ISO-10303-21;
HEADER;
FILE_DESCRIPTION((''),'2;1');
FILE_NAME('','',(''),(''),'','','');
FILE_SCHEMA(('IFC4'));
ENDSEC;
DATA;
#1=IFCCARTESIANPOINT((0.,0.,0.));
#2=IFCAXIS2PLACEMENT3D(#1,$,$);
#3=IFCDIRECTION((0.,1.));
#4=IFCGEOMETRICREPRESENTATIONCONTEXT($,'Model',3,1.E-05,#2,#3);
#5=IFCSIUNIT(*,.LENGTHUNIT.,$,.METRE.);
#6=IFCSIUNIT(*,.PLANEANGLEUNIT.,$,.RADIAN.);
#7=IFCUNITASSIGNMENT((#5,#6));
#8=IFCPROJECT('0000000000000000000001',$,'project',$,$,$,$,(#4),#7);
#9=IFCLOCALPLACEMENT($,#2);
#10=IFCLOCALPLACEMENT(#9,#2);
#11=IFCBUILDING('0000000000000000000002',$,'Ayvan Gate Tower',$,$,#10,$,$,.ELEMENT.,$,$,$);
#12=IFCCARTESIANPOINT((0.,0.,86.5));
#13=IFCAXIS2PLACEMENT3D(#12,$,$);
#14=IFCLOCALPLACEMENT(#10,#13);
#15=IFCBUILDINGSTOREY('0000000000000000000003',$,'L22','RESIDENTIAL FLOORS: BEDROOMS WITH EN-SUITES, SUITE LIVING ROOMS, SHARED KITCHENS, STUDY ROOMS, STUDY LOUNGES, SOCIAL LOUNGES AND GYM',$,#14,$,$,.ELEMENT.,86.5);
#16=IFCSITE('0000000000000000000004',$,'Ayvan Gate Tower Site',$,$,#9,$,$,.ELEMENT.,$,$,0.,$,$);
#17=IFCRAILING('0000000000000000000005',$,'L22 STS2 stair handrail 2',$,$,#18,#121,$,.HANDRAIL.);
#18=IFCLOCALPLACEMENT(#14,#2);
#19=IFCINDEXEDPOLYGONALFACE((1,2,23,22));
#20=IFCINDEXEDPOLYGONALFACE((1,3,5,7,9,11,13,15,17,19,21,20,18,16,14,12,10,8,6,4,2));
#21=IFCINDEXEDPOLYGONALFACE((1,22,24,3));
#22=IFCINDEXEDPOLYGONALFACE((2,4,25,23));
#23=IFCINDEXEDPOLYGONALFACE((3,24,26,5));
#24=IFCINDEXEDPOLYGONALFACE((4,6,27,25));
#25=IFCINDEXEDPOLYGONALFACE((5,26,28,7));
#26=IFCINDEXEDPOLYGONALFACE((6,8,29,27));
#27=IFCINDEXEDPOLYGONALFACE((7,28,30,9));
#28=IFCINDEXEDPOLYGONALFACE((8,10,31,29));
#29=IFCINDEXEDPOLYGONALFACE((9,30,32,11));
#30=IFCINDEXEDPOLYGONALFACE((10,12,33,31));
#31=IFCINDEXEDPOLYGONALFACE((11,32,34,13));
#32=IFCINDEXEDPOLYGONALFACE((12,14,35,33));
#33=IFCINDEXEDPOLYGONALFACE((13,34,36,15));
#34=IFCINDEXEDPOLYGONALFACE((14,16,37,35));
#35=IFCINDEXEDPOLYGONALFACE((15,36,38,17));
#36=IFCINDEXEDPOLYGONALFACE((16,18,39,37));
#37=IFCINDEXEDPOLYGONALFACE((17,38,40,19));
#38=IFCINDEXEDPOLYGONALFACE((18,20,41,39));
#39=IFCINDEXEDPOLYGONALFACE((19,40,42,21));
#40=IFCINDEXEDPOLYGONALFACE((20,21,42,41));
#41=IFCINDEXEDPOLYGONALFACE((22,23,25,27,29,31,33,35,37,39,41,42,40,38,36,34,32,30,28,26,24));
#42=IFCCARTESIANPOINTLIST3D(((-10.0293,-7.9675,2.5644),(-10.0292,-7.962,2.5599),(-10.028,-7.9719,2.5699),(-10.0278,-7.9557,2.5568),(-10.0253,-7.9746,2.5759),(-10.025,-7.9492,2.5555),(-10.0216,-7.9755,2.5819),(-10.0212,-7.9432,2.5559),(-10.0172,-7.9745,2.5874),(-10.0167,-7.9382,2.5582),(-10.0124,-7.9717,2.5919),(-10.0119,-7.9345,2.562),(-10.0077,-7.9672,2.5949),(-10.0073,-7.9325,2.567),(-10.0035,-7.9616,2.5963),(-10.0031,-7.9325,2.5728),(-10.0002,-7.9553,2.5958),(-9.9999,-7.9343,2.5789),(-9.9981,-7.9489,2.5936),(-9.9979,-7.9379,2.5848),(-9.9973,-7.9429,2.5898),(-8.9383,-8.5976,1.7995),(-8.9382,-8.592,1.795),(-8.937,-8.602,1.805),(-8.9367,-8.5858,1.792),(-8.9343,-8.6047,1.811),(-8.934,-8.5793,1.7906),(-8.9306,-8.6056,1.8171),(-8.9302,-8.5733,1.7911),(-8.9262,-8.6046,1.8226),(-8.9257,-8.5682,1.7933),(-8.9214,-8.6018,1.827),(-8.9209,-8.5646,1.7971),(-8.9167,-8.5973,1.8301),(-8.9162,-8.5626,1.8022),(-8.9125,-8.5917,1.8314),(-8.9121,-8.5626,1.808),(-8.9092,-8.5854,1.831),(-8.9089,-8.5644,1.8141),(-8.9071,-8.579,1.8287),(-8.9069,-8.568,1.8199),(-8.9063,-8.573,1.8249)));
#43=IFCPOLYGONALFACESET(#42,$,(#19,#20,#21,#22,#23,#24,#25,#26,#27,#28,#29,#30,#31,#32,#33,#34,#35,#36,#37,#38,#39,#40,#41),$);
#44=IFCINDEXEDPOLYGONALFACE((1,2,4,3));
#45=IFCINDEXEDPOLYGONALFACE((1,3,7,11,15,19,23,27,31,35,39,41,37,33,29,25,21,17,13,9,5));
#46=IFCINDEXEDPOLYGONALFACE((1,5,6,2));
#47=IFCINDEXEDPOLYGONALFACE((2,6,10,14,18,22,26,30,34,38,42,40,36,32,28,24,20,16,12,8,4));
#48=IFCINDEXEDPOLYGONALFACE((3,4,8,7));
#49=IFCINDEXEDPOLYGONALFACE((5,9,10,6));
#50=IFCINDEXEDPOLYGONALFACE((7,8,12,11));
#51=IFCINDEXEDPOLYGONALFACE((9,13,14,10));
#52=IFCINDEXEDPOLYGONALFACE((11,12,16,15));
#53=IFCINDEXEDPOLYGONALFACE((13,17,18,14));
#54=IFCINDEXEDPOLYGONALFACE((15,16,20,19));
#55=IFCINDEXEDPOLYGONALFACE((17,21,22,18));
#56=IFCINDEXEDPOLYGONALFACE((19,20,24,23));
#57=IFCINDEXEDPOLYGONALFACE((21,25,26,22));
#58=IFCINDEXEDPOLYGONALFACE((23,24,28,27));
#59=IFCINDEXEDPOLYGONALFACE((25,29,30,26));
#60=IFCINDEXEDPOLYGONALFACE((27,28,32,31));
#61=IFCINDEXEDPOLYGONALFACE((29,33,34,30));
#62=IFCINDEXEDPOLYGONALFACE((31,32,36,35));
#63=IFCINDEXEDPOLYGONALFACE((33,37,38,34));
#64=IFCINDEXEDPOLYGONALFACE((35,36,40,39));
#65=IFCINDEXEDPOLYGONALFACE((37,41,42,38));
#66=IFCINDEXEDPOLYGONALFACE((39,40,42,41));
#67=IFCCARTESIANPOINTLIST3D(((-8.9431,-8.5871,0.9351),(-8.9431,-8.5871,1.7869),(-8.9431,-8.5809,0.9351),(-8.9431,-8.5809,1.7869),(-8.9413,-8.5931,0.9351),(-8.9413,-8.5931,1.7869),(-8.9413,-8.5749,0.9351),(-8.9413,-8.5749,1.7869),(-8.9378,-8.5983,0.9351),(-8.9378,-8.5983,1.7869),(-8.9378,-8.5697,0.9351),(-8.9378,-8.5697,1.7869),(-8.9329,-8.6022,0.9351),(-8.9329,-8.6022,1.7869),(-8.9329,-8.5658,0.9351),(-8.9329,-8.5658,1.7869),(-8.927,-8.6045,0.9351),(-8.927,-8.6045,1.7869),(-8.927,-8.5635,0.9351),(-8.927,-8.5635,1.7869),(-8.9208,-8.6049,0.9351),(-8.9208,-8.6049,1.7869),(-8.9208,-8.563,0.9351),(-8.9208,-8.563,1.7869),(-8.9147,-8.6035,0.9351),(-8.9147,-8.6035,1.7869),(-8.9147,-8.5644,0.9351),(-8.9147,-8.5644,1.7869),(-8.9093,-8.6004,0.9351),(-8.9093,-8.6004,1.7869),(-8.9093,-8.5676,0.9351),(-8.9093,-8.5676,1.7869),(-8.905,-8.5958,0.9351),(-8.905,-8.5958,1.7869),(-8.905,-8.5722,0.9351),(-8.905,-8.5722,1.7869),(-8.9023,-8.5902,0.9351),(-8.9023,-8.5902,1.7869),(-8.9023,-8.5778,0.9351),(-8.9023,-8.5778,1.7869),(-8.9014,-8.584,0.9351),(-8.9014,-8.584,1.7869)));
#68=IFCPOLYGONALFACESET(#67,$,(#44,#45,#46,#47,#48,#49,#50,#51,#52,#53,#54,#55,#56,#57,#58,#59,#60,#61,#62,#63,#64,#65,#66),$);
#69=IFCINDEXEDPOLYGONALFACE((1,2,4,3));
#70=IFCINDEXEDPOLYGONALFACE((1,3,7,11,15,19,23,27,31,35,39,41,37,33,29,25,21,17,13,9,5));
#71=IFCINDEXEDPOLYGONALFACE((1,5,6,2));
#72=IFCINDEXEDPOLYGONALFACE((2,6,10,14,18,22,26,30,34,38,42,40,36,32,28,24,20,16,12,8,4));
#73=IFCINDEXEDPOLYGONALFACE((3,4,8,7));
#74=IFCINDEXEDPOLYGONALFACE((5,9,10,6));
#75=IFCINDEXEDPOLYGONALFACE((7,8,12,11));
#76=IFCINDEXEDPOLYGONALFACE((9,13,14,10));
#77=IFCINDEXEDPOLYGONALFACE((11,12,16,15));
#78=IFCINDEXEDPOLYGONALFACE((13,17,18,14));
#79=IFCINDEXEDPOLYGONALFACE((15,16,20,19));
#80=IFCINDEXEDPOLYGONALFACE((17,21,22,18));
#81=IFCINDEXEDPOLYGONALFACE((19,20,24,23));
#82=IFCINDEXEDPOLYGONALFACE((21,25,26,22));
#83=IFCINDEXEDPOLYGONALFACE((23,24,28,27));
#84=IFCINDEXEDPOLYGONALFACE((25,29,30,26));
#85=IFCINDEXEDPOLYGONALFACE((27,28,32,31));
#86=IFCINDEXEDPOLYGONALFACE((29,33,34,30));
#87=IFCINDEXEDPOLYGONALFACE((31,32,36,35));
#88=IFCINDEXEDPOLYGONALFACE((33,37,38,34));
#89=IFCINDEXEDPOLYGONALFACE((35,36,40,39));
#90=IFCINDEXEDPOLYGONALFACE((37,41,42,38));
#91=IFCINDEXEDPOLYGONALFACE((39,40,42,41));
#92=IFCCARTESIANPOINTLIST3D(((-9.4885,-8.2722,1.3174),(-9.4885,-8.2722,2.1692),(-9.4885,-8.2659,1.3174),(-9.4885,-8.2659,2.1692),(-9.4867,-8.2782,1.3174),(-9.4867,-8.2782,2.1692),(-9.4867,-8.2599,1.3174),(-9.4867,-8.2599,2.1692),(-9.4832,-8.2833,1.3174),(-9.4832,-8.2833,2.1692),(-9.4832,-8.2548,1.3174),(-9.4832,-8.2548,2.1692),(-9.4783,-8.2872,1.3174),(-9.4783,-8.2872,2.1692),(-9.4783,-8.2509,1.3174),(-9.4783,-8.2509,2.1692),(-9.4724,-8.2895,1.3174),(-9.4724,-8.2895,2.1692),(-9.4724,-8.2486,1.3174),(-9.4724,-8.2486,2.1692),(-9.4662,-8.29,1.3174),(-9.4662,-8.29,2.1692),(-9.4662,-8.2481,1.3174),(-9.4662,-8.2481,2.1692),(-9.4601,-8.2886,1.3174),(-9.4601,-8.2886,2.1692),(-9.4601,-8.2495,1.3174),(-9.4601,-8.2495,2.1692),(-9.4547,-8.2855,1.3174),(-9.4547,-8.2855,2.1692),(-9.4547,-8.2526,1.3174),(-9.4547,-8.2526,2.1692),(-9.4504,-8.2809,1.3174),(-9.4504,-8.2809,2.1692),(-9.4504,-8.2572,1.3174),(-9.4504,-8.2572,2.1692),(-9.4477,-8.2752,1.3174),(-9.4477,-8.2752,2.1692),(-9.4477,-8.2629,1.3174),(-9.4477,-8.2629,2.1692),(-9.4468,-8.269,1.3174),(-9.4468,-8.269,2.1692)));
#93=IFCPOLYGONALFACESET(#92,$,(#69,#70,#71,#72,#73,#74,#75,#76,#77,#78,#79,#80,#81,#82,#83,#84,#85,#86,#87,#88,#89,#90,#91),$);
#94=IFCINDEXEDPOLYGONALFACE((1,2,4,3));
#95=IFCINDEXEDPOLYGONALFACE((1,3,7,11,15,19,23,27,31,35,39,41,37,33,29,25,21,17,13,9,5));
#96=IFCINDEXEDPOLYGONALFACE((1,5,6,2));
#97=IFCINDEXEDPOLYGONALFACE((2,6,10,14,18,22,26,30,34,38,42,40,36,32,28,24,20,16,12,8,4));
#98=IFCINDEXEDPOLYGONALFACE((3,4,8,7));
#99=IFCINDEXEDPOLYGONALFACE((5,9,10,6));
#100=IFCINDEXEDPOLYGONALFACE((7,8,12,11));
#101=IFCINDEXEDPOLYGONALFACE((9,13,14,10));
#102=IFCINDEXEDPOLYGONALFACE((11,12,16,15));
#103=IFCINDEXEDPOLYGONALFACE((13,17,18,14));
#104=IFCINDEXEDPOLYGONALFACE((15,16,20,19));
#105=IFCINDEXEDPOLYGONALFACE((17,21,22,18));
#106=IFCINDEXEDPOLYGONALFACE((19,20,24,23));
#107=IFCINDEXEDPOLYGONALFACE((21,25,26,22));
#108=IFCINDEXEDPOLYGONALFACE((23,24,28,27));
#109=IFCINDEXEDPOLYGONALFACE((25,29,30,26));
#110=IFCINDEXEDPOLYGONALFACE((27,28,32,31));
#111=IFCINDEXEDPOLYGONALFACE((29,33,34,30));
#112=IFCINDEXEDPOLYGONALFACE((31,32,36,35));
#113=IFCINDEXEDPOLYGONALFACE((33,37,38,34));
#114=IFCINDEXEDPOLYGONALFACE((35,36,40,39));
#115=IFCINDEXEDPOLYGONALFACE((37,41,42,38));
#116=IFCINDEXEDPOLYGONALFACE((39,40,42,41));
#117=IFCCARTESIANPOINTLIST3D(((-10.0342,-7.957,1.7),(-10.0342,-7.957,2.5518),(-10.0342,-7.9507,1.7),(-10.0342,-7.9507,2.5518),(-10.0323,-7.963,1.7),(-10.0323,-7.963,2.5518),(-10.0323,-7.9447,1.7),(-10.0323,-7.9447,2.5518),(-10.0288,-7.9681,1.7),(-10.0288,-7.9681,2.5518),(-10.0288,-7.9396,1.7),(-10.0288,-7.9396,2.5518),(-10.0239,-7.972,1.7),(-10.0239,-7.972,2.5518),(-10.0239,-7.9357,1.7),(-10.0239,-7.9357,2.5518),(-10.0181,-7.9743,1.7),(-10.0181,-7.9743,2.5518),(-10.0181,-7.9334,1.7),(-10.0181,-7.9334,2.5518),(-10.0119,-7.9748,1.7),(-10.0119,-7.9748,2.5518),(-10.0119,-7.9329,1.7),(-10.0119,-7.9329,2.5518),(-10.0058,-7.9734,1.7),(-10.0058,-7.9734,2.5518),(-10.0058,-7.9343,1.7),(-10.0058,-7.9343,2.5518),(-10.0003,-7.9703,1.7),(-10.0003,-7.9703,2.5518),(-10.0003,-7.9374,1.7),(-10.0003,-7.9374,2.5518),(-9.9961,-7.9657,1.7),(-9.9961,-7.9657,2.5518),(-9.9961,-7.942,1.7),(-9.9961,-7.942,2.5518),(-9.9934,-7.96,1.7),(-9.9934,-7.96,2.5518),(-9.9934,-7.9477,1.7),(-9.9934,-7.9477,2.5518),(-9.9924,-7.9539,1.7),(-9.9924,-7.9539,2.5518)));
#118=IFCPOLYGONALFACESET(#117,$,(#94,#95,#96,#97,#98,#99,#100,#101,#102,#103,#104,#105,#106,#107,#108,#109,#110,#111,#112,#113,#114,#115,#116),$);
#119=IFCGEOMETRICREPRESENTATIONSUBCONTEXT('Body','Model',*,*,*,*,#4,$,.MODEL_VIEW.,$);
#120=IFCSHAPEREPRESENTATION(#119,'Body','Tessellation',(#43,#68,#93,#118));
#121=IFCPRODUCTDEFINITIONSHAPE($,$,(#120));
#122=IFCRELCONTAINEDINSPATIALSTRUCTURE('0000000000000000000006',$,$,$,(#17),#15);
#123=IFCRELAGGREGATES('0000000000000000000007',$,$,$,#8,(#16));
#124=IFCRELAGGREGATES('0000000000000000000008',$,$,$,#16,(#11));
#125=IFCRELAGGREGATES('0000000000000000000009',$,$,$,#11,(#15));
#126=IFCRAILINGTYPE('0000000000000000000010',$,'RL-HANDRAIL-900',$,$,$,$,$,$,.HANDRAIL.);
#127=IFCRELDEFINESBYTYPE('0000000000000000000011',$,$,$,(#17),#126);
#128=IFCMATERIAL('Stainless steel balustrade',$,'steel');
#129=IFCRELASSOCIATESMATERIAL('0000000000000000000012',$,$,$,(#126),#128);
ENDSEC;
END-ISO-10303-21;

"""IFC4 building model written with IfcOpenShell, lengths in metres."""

from ifc_helpers import new_model, si_unit, direction, frame, origin, origin_2d, place, context, subcontext, project, spatial, circle, extrude, material, type_object, element, save


model = new_model("IFC4")

# Units and contexts
model_context = context("Model", 3, precision=1e-05, world=origin(), true_north=direction((0.0, 1.0)))
body_context = subcontext(model_context, "Body", "Model", "MODEL_VIEW")
ifc_project = project(units=[si_unit("LENGTHUNIT", "METRE"), si_unit("PLANEANGLEUNIT", "RADIAN")], contexts=[model_context])

# Site, building, storey
site_placement = place(None, origin())
site = spatial("IfcSite", under=ifc_project, at=site_placement, Name="Ayvan Gate Tower Site", CompositionType="ELEMENT", RefElevation=0.0)
building_placement = place(site_placement, origin())
building = spatial("IfcBuilding", under=site, at=building_placement, Name="Ayvan Gate Tower", CompositionType="ELEMENT")
storey_placement = place(building_placement, frame((0.0, 0.0, 86.5)))
storey = spatial("IfcBuildingStorey", under=building, at=storey_placement, Name="L22", Description="RESIDENTIAL FLOORS: BEDROOMS WITH EN-SUITES, SUITE LIVING ROOMS, SHARED KITCHENS, STUDY ROOMS, STUDY LOUNGES, SOCIAL LOUNGES AND GYM", CompositionType="ELEMENT", Elevation=86.5)

# Railing
ifc_material_1 = material(Name="Stainless steel balustrade", Category="steel")
railing_type_1 = type_object("IfcRailingType", Name="RL-HANDRAIL-900", PredefinedType="HANDRAIL", material=ifc_material_1)
railing_1_placement = place(storey_placement, frame((-8.9224, -8.584, 0.9351)))
element("IfcRailing", 1, at=railing_1_placement, inside=storey, type_object=railing_type_1, Name="L22 STS2 stair handrail 2", PredefinedType="HANDRAIL", context=body_context, shape_type="SweptSolid", body=[
    extrude(circle(Radius=0.0239, at=origin_2d()), frame((0.0, 0.0, 0.876), z_axis=(-0.740229, 0.427508, 0.518939), x_axis=(-0.500119, -0.865956, 0.0)), (0.0, 0.0, 1.0), 1.4739),
    extrude(circle(Radius=0.021, at=origin_2d()), origin(), (0.0, 0.0, 1.0), 0.8518),
    extrude(circle(Radius=0.021, at=origin_2d()), frame((-0.5454, 0.3149, 0.3823)), (0.0, 0.0, 1.0), 0.8518),
    extrude(circle(Radius=0.021, at=origin_2d()), frame((-1.0911, 0.6301, 0.7649)), (0.0, 0.0, 1.0), 0.8518),
])

save(model, "model.ifc")
